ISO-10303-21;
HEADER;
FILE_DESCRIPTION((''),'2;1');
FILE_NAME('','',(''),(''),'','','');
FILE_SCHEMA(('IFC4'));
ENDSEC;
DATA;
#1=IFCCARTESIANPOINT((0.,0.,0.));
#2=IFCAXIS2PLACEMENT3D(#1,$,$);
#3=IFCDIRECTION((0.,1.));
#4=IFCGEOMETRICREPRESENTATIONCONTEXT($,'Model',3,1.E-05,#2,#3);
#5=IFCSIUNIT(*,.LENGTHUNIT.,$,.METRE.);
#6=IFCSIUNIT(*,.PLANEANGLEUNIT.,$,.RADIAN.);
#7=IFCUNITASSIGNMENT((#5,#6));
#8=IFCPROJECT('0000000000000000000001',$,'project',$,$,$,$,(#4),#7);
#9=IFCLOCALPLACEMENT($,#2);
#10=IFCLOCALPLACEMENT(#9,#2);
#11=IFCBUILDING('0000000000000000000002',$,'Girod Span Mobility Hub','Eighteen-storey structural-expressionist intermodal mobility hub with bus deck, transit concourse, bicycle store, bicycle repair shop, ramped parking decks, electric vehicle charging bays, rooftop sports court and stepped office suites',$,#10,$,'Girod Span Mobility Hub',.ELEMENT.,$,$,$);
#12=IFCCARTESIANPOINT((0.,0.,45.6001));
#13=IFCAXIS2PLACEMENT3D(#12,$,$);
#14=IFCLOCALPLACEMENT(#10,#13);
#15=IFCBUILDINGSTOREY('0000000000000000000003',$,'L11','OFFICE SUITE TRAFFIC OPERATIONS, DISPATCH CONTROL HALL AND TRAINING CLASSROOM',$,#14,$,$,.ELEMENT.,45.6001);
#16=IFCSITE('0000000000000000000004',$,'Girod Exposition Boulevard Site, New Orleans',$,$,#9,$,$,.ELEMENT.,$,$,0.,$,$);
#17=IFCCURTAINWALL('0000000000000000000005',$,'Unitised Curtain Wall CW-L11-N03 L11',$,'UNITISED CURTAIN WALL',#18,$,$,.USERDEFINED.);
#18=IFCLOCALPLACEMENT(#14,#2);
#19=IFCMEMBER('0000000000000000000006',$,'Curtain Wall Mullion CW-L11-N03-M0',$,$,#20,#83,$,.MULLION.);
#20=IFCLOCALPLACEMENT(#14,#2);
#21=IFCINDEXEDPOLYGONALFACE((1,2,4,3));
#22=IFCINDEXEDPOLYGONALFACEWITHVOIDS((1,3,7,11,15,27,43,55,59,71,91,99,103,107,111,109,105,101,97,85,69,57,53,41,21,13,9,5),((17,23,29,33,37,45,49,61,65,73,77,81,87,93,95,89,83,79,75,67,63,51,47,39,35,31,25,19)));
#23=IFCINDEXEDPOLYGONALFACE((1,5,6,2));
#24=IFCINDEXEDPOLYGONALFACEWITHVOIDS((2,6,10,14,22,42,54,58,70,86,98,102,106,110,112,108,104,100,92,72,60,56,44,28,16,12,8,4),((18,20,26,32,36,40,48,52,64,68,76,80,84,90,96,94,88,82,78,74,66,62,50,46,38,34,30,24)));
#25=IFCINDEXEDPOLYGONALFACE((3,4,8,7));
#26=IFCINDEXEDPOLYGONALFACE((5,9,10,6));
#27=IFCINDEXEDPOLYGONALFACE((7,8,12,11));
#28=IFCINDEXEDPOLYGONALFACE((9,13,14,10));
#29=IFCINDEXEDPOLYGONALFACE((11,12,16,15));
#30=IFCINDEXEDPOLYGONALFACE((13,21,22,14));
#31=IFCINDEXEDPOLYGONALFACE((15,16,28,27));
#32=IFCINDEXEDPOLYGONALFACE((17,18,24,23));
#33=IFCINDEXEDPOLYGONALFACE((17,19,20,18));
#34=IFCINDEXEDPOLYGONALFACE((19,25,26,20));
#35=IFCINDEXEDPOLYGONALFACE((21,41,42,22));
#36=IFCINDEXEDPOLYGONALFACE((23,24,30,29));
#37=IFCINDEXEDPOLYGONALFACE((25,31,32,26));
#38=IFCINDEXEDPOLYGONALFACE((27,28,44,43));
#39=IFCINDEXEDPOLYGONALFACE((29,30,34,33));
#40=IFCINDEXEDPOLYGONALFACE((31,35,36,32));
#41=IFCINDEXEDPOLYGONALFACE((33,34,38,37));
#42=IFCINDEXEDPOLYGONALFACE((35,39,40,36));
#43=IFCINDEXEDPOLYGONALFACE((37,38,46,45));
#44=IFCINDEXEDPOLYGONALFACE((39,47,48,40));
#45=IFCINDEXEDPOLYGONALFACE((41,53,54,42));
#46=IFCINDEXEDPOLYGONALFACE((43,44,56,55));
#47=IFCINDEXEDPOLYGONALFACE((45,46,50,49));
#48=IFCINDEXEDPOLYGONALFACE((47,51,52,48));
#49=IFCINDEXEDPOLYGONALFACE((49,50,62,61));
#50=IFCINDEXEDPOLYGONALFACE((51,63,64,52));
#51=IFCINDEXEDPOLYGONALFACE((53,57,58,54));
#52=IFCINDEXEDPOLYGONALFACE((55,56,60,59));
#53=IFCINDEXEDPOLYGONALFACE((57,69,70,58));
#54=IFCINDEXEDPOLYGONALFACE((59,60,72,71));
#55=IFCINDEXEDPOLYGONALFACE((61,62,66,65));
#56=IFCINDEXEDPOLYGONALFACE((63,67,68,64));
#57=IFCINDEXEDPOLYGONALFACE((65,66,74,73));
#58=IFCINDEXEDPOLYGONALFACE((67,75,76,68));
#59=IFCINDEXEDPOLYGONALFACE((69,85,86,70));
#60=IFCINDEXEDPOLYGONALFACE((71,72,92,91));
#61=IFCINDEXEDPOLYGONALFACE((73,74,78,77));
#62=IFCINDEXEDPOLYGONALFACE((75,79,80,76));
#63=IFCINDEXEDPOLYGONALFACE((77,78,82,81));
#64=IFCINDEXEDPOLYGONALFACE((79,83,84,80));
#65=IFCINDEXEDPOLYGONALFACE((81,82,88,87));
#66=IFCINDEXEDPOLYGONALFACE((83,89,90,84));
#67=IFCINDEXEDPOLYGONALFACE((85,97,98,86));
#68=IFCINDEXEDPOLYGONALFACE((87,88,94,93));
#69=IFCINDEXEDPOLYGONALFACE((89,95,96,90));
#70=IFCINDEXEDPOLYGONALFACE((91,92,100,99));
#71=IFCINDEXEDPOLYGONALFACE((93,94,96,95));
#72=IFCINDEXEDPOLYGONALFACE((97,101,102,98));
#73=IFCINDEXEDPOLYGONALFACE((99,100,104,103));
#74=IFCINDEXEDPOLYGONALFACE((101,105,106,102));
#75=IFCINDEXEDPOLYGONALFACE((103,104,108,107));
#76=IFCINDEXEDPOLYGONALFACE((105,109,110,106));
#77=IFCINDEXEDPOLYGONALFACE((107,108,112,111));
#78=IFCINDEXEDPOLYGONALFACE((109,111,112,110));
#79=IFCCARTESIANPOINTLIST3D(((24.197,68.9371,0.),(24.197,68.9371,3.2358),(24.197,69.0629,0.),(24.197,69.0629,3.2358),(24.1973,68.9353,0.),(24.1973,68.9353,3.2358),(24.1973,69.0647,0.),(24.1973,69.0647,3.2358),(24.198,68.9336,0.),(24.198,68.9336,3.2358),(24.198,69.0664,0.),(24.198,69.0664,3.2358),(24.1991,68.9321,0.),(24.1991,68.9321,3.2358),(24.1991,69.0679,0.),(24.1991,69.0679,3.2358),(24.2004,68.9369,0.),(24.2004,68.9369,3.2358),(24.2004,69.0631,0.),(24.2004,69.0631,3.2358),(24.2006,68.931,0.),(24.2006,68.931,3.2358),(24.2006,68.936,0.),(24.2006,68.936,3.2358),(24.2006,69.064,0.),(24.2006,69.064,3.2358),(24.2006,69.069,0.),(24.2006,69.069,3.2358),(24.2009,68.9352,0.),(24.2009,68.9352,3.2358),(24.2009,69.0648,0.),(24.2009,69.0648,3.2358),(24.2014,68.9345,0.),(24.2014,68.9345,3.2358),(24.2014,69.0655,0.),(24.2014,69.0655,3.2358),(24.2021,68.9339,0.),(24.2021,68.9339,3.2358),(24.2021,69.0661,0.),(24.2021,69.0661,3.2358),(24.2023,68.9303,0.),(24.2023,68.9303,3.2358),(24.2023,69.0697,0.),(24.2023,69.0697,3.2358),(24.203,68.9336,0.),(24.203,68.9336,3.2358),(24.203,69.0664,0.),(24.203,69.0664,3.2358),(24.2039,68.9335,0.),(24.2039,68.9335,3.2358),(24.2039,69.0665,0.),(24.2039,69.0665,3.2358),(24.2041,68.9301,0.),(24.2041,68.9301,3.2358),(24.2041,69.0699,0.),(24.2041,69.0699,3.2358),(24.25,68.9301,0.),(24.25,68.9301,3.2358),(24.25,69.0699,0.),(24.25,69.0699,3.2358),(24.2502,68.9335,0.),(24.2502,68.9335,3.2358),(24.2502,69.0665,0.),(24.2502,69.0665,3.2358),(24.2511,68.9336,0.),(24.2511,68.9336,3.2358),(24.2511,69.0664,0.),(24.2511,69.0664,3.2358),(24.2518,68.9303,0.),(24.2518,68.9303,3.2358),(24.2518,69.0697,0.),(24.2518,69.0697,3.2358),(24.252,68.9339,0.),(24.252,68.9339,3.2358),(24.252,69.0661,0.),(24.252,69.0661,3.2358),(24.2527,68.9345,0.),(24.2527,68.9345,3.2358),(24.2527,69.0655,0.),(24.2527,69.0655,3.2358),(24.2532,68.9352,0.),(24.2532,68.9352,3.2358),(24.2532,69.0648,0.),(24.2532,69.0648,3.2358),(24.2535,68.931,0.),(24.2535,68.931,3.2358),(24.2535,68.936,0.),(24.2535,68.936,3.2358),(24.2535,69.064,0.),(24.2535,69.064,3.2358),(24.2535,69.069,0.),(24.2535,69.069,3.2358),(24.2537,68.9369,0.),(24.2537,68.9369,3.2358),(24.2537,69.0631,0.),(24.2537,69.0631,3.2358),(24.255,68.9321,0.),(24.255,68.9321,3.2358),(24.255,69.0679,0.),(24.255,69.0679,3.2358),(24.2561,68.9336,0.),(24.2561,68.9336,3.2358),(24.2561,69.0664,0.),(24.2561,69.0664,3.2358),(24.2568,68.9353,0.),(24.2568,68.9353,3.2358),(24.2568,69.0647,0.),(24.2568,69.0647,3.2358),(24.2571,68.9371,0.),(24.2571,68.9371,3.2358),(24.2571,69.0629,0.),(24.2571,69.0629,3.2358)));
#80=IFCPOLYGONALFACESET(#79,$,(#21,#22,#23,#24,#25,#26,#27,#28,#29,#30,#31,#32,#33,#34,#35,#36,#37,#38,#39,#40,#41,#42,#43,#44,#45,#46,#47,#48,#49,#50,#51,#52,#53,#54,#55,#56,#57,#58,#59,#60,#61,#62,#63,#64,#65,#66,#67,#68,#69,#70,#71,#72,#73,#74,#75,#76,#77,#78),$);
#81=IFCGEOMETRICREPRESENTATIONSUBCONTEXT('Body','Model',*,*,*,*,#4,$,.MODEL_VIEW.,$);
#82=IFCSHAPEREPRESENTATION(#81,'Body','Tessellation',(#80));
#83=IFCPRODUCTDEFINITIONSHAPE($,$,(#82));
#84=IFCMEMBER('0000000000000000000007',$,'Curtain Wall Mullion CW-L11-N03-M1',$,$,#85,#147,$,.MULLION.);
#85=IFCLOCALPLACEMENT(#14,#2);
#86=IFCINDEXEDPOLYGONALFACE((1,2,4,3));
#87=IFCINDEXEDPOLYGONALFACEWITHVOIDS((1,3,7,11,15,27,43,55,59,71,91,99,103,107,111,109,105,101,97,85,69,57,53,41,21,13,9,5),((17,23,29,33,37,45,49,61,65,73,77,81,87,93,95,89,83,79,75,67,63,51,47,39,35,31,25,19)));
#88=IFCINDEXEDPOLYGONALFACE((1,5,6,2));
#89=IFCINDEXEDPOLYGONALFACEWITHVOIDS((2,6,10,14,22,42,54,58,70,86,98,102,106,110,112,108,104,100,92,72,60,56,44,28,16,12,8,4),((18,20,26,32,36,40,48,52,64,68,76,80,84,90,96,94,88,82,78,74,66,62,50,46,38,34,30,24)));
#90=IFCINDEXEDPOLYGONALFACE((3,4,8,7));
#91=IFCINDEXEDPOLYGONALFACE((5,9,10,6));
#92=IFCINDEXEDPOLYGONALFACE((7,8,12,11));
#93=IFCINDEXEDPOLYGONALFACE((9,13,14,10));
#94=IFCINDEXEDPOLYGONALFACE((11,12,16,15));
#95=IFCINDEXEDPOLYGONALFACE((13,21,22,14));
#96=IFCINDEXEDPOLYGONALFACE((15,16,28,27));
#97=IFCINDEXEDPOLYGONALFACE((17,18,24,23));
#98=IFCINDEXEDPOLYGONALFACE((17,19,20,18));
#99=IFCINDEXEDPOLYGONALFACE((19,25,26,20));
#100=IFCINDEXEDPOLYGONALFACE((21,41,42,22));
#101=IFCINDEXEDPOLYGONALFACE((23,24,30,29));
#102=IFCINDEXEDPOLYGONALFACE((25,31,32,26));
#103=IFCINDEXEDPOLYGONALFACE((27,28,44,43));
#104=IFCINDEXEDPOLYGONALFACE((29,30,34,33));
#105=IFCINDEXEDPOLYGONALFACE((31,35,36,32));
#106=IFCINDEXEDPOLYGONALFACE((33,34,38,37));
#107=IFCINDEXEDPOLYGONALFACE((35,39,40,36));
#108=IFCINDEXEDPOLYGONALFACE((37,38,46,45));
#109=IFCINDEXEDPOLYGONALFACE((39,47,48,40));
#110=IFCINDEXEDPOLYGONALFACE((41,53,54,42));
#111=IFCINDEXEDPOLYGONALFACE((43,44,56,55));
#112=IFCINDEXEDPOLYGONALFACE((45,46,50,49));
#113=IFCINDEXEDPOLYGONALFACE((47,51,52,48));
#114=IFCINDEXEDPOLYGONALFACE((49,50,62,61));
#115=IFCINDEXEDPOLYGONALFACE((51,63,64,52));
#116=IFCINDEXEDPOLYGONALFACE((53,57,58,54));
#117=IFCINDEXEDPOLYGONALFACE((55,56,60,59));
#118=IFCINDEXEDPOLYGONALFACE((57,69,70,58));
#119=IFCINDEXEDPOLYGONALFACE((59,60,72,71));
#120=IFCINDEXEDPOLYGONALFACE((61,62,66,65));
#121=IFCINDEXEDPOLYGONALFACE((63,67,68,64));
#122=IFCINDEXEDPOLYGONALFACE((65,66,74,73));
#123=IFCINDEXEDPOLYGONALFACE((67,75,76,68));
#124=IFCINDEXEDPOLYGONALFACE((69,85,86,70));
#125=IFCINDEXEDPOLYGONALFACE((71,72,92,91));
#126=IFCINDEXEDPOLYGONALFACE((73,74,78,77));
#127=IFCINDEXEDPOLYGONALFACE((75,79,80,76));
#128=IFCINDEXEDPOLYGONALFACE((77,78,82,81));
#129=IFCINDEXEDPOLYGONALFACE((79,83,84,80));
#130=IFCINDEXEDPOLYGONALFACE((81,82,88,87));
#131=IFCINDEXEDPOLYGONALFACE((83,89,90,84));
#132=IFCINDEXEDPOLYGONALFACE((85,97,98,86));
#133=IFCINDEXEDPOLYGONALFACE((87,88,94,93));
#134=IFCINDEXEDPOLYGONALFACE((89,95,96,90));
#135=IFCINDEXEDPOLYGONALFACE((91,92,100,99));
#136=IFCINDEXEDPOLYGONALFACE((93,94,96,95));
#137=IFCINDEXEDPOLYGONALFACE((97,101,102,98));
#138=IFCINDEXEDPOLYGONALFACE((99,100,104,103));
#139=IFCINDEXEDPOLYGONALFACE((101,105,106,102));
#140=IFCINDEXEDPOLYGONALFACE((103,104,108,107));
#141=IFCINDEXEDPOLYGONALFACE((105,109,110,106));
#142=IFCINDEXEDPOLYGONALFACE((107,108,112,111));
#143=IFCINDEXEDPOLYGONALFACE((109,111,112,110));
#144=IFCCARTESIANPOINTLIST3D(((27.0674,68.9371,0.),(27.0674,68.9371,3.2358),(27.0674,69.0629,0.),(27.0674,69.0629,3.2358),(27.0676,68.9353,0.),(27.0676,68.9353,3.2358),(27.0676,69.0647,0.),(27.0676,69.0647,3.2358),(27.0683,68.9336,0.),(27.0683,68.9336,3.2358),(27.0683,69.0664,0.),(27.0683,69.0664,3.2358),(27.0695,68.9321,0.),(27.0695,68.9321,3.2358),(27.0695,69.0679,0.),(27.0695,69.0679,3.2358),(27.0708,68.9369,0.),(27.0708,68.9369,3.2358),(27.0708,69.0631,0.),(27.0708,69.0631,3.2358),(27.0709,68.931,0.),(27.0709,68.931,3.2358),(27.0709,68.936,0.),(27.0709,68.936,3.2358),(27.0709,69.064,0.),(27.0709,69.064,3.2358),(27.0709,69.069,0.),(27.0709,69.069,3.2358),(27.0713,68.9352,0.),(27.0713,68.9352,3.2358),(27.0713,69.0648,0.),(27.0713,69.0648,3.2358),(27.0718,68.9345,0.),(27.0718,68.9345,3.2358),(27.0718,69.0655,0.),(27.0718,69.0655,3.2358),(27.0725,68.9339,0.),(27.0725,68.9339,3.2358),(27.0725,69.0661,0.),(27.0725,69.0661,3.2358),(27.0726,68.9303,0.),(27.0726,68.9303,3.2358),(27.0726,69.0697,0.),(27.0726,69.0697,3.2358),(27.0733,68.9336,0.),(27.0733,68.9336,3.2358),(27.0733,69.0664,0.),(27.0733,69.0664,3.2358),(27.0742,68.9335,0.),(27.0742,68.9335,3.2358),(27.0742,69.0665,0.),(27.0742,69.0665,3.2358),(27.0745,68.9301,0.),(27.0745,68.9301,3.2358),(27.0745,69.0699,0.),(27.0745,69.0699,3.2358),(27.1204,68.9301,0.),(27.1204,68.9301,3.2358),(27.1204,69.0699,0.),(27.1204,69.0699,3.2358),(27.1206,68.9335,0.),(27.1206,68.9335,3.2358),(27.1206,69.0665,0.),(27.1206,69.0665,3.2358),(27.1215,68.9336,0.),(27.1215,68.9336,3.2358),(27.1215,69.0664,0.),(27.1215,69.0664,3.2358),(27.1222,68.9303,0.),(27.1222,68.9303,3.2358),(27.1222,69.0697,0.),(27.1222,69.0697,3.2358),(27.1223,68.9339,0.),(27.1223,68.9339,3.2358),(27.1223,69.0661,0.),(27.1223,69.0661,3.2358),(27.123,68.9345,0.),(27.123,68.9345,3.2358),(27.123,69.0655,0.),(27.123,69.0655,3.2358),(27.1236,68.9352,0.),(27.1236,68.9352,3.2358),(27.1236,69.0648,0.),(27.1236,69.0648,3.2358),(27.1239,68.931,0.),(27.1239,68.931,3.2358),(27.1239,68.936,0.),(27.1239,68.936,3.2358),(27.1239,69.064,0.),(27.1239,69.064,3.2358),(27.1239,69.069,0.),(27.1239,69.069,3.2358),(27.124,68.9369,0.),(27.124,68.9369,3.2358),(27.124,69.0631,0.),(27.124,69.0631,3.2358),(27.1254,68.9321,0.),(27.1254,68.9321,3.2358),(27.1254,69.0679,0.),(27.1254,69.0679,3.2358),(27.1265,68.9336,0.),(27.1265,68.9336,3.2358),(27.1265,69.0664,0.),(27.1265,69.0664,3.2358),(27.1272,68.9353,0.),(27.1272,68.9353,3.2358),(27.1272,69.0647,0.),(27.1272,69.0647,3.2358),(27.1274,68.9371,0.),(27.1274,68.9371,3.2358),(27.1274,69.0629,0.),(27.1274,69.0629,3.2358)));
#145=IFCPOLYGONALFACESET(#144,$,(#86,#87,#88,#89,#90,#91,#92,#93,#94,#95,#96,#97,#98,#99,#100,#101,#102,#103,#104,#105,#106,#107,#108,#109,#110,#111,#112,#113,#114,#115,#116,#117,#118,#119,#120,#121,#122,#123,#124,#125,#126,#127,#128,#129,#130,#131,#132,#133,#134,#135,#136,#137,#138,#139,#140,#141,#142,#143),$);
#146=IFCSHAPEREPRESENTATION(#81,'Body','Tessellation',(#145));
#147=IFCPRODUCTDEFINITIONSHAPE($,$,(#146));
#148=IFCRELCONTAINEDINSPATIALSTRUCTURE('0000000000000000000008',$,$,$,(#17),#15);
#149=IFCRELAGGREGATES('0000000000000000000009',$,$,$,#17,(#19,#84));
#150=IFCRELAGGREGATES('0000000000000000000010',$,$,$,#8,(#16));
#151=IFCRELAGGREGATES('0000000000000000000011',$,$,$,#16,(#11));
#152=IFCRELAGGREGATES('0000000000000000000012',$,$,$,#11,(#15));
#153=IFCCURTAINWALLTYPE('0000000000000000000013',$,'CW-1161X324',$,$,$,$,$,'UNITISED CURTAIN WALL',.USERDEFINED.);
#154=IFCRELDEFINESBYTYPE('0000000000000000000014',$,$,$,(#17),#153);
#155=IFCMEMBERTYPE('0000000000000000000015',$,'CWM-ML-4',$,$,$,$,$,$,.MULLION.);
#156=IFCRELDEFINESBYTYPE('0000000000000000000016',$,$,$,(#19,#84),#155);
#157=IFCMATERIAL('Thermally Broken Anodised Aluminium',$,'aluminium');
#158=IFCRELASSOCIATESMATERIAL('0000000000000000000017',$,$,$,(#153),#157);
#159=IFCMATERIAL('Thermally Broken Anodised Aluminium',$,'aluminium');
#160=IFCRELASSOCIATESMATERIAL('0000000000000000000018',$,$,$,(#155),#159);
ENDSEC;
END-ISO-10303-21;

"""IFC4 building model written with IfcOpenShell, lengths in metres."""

from ifc_helpers import new_model, si_unit, direction, frame, origin, origin_2d, place, context, subcontext, project, spatial, hollow_rectangle, extrude, material, material_profile, profile_set, type_object, element, aggregate, save


model = new_model("IFC4")

# Units and contexts
model_context = context("Model", 3, precision=1e-05, world=origin(), true_north=direction((0.0, 1.0)))
body_context = subcontext(model_context, "Body", "Model", "MODEL_VIEW")
ifc_project = project(units=[si_unit("LENGTHUNIT", "METRE"), si_unit("PLANEANGLEUNIT", "RADIAN")], contexts=[model_context])

# Site, building, storey
site_placement = place(None, origin())
site = spatial("IfcSite", under=ifc_project, at=site_placement, Name="Girod Exposition Boulevard Site, New Orleans", CompositionType="ELEMENT", RefElevation=0.0)
building_placement = place(site_placement, origin())
building = spatial("IfcBuilding", under=site, at=building_placement, Name="Girod Span Mobility Hub", Description="Eighteen-storey structural-expressionist intermodal mobility hub with bus deck, transit concourse, bicycle store, bicycle repair shop, ramped parking decks, electric vehicle charging bays, rooftop sports court and stepped office suites", LongName="Girod Span Mobility Hub", CompositionType="ELEMENT")
storey_placement = place(building_placement, frame((0.0, 0.0, 45.6001)))
storey = spatial("IfcBuildingStorey", under=building, at=storey_placement, Name="L11", Description="OFFICE SUITE TRAFFIC OPERATIONS, DISPATCH CONTROL HALL AND TRAINING CLASSROOM", CompositionType="ELEMENT", Elevation=45.6001)

# Curtain wall, members
ifc_material_1 = material(Name="Thermally Broken Anodised Aluminium", Category="aluminium")
curtain_wall_type = type_object("IfcCurtainWallType", Name="CW-1161X324", ElementType="UNITISED CURTAIN WALL", PredefinedType="USERDEFINED", material=ifc_material_1)
curtain_wall_placement = place(storey_placement, origin())
curtain_wall = element("IfcCurtainWall", 1, at=curtain_wall_placement, inside=storey, type_object=curtain_wall_type, Name="Unitised Curtain Wall CW-L11-N03 L11", ObjectType="UNITISED CURTAIN WALL", PredefinedType="USERDEFINED")
ifc_material_2 = material(Name="Thermally Broken Anodised Aluminium", Category="aluminium")
ifc_material_profile_1 = material_profile(ifc_material_2, hollow_rectangle(XDim=0.1399, YDim=0.0601, WallThickness=0.0034, InnerFilletRadius=0.0034, OuterFilletRadius=0.0071, at=origin_2d()), Name="CW-ML-60X140")
ifc_profile_set_1 = profile_set([ifc_material_profile_1], Name="Thermally Broken Anodised Aluminium")
member_type_1 = type_object("IfcMemberType", Name="CWM-ML-4", PredefinedType="MULLION", material=ifc_profile_set_1)
member_1_placement = place(storey_placement, frame((24.2271, 69.0, 0.0), z_axis=(0.0, 0.0, 1.0), x_axis=(0.0, 1.0, 0.0)))
member_1 = element("IfcMember", 2, at=member_1_placement, type_object=member_type_1, Name="Curtain Wall Mullion CW-L11-N03-M0", PredefinedType="MULLION", context=body_context, shape_type="SweptSolid", body=[
    extrude(hollow_rectangle(XDim=0.1399, YDim=0.0601, WallThickness=0.0034, InnerFilletRadius=0.0034, OuterFilletRadius=0.0071, at=origin_2d()), origin(), (0.0, 0.0, 1.0), 3.2358),
])
member_2_placement = place(storey_placement, frame((27.0974, 69.0, 0.0), z_axis=(0.0, 0.0, 1.0), x_axis=(0.0, 1.0, 0.0)))
member_2 = element("IfcMember", 3, at=member_2_placement, type_object=member_type_1, Name="Curtain Wall Mullion CW-L11-N03-M1", PredefinedType="MULLION", context=body_context, shape_type="SweptSolid", body=[
    extrude(hollow_rectangle(XDim=0.1399, YDim=0.0601, WallThickness=0.0034, InnerFilletRadius=0.0034, OuterFilletRadius=0.0071, at=origin_2d()), origin(), (0.0, 0.0, 1.0), 3.2358),
])

aggregate(curtain_wall, [member_1, member_2])

save(model, "model.ifc")
